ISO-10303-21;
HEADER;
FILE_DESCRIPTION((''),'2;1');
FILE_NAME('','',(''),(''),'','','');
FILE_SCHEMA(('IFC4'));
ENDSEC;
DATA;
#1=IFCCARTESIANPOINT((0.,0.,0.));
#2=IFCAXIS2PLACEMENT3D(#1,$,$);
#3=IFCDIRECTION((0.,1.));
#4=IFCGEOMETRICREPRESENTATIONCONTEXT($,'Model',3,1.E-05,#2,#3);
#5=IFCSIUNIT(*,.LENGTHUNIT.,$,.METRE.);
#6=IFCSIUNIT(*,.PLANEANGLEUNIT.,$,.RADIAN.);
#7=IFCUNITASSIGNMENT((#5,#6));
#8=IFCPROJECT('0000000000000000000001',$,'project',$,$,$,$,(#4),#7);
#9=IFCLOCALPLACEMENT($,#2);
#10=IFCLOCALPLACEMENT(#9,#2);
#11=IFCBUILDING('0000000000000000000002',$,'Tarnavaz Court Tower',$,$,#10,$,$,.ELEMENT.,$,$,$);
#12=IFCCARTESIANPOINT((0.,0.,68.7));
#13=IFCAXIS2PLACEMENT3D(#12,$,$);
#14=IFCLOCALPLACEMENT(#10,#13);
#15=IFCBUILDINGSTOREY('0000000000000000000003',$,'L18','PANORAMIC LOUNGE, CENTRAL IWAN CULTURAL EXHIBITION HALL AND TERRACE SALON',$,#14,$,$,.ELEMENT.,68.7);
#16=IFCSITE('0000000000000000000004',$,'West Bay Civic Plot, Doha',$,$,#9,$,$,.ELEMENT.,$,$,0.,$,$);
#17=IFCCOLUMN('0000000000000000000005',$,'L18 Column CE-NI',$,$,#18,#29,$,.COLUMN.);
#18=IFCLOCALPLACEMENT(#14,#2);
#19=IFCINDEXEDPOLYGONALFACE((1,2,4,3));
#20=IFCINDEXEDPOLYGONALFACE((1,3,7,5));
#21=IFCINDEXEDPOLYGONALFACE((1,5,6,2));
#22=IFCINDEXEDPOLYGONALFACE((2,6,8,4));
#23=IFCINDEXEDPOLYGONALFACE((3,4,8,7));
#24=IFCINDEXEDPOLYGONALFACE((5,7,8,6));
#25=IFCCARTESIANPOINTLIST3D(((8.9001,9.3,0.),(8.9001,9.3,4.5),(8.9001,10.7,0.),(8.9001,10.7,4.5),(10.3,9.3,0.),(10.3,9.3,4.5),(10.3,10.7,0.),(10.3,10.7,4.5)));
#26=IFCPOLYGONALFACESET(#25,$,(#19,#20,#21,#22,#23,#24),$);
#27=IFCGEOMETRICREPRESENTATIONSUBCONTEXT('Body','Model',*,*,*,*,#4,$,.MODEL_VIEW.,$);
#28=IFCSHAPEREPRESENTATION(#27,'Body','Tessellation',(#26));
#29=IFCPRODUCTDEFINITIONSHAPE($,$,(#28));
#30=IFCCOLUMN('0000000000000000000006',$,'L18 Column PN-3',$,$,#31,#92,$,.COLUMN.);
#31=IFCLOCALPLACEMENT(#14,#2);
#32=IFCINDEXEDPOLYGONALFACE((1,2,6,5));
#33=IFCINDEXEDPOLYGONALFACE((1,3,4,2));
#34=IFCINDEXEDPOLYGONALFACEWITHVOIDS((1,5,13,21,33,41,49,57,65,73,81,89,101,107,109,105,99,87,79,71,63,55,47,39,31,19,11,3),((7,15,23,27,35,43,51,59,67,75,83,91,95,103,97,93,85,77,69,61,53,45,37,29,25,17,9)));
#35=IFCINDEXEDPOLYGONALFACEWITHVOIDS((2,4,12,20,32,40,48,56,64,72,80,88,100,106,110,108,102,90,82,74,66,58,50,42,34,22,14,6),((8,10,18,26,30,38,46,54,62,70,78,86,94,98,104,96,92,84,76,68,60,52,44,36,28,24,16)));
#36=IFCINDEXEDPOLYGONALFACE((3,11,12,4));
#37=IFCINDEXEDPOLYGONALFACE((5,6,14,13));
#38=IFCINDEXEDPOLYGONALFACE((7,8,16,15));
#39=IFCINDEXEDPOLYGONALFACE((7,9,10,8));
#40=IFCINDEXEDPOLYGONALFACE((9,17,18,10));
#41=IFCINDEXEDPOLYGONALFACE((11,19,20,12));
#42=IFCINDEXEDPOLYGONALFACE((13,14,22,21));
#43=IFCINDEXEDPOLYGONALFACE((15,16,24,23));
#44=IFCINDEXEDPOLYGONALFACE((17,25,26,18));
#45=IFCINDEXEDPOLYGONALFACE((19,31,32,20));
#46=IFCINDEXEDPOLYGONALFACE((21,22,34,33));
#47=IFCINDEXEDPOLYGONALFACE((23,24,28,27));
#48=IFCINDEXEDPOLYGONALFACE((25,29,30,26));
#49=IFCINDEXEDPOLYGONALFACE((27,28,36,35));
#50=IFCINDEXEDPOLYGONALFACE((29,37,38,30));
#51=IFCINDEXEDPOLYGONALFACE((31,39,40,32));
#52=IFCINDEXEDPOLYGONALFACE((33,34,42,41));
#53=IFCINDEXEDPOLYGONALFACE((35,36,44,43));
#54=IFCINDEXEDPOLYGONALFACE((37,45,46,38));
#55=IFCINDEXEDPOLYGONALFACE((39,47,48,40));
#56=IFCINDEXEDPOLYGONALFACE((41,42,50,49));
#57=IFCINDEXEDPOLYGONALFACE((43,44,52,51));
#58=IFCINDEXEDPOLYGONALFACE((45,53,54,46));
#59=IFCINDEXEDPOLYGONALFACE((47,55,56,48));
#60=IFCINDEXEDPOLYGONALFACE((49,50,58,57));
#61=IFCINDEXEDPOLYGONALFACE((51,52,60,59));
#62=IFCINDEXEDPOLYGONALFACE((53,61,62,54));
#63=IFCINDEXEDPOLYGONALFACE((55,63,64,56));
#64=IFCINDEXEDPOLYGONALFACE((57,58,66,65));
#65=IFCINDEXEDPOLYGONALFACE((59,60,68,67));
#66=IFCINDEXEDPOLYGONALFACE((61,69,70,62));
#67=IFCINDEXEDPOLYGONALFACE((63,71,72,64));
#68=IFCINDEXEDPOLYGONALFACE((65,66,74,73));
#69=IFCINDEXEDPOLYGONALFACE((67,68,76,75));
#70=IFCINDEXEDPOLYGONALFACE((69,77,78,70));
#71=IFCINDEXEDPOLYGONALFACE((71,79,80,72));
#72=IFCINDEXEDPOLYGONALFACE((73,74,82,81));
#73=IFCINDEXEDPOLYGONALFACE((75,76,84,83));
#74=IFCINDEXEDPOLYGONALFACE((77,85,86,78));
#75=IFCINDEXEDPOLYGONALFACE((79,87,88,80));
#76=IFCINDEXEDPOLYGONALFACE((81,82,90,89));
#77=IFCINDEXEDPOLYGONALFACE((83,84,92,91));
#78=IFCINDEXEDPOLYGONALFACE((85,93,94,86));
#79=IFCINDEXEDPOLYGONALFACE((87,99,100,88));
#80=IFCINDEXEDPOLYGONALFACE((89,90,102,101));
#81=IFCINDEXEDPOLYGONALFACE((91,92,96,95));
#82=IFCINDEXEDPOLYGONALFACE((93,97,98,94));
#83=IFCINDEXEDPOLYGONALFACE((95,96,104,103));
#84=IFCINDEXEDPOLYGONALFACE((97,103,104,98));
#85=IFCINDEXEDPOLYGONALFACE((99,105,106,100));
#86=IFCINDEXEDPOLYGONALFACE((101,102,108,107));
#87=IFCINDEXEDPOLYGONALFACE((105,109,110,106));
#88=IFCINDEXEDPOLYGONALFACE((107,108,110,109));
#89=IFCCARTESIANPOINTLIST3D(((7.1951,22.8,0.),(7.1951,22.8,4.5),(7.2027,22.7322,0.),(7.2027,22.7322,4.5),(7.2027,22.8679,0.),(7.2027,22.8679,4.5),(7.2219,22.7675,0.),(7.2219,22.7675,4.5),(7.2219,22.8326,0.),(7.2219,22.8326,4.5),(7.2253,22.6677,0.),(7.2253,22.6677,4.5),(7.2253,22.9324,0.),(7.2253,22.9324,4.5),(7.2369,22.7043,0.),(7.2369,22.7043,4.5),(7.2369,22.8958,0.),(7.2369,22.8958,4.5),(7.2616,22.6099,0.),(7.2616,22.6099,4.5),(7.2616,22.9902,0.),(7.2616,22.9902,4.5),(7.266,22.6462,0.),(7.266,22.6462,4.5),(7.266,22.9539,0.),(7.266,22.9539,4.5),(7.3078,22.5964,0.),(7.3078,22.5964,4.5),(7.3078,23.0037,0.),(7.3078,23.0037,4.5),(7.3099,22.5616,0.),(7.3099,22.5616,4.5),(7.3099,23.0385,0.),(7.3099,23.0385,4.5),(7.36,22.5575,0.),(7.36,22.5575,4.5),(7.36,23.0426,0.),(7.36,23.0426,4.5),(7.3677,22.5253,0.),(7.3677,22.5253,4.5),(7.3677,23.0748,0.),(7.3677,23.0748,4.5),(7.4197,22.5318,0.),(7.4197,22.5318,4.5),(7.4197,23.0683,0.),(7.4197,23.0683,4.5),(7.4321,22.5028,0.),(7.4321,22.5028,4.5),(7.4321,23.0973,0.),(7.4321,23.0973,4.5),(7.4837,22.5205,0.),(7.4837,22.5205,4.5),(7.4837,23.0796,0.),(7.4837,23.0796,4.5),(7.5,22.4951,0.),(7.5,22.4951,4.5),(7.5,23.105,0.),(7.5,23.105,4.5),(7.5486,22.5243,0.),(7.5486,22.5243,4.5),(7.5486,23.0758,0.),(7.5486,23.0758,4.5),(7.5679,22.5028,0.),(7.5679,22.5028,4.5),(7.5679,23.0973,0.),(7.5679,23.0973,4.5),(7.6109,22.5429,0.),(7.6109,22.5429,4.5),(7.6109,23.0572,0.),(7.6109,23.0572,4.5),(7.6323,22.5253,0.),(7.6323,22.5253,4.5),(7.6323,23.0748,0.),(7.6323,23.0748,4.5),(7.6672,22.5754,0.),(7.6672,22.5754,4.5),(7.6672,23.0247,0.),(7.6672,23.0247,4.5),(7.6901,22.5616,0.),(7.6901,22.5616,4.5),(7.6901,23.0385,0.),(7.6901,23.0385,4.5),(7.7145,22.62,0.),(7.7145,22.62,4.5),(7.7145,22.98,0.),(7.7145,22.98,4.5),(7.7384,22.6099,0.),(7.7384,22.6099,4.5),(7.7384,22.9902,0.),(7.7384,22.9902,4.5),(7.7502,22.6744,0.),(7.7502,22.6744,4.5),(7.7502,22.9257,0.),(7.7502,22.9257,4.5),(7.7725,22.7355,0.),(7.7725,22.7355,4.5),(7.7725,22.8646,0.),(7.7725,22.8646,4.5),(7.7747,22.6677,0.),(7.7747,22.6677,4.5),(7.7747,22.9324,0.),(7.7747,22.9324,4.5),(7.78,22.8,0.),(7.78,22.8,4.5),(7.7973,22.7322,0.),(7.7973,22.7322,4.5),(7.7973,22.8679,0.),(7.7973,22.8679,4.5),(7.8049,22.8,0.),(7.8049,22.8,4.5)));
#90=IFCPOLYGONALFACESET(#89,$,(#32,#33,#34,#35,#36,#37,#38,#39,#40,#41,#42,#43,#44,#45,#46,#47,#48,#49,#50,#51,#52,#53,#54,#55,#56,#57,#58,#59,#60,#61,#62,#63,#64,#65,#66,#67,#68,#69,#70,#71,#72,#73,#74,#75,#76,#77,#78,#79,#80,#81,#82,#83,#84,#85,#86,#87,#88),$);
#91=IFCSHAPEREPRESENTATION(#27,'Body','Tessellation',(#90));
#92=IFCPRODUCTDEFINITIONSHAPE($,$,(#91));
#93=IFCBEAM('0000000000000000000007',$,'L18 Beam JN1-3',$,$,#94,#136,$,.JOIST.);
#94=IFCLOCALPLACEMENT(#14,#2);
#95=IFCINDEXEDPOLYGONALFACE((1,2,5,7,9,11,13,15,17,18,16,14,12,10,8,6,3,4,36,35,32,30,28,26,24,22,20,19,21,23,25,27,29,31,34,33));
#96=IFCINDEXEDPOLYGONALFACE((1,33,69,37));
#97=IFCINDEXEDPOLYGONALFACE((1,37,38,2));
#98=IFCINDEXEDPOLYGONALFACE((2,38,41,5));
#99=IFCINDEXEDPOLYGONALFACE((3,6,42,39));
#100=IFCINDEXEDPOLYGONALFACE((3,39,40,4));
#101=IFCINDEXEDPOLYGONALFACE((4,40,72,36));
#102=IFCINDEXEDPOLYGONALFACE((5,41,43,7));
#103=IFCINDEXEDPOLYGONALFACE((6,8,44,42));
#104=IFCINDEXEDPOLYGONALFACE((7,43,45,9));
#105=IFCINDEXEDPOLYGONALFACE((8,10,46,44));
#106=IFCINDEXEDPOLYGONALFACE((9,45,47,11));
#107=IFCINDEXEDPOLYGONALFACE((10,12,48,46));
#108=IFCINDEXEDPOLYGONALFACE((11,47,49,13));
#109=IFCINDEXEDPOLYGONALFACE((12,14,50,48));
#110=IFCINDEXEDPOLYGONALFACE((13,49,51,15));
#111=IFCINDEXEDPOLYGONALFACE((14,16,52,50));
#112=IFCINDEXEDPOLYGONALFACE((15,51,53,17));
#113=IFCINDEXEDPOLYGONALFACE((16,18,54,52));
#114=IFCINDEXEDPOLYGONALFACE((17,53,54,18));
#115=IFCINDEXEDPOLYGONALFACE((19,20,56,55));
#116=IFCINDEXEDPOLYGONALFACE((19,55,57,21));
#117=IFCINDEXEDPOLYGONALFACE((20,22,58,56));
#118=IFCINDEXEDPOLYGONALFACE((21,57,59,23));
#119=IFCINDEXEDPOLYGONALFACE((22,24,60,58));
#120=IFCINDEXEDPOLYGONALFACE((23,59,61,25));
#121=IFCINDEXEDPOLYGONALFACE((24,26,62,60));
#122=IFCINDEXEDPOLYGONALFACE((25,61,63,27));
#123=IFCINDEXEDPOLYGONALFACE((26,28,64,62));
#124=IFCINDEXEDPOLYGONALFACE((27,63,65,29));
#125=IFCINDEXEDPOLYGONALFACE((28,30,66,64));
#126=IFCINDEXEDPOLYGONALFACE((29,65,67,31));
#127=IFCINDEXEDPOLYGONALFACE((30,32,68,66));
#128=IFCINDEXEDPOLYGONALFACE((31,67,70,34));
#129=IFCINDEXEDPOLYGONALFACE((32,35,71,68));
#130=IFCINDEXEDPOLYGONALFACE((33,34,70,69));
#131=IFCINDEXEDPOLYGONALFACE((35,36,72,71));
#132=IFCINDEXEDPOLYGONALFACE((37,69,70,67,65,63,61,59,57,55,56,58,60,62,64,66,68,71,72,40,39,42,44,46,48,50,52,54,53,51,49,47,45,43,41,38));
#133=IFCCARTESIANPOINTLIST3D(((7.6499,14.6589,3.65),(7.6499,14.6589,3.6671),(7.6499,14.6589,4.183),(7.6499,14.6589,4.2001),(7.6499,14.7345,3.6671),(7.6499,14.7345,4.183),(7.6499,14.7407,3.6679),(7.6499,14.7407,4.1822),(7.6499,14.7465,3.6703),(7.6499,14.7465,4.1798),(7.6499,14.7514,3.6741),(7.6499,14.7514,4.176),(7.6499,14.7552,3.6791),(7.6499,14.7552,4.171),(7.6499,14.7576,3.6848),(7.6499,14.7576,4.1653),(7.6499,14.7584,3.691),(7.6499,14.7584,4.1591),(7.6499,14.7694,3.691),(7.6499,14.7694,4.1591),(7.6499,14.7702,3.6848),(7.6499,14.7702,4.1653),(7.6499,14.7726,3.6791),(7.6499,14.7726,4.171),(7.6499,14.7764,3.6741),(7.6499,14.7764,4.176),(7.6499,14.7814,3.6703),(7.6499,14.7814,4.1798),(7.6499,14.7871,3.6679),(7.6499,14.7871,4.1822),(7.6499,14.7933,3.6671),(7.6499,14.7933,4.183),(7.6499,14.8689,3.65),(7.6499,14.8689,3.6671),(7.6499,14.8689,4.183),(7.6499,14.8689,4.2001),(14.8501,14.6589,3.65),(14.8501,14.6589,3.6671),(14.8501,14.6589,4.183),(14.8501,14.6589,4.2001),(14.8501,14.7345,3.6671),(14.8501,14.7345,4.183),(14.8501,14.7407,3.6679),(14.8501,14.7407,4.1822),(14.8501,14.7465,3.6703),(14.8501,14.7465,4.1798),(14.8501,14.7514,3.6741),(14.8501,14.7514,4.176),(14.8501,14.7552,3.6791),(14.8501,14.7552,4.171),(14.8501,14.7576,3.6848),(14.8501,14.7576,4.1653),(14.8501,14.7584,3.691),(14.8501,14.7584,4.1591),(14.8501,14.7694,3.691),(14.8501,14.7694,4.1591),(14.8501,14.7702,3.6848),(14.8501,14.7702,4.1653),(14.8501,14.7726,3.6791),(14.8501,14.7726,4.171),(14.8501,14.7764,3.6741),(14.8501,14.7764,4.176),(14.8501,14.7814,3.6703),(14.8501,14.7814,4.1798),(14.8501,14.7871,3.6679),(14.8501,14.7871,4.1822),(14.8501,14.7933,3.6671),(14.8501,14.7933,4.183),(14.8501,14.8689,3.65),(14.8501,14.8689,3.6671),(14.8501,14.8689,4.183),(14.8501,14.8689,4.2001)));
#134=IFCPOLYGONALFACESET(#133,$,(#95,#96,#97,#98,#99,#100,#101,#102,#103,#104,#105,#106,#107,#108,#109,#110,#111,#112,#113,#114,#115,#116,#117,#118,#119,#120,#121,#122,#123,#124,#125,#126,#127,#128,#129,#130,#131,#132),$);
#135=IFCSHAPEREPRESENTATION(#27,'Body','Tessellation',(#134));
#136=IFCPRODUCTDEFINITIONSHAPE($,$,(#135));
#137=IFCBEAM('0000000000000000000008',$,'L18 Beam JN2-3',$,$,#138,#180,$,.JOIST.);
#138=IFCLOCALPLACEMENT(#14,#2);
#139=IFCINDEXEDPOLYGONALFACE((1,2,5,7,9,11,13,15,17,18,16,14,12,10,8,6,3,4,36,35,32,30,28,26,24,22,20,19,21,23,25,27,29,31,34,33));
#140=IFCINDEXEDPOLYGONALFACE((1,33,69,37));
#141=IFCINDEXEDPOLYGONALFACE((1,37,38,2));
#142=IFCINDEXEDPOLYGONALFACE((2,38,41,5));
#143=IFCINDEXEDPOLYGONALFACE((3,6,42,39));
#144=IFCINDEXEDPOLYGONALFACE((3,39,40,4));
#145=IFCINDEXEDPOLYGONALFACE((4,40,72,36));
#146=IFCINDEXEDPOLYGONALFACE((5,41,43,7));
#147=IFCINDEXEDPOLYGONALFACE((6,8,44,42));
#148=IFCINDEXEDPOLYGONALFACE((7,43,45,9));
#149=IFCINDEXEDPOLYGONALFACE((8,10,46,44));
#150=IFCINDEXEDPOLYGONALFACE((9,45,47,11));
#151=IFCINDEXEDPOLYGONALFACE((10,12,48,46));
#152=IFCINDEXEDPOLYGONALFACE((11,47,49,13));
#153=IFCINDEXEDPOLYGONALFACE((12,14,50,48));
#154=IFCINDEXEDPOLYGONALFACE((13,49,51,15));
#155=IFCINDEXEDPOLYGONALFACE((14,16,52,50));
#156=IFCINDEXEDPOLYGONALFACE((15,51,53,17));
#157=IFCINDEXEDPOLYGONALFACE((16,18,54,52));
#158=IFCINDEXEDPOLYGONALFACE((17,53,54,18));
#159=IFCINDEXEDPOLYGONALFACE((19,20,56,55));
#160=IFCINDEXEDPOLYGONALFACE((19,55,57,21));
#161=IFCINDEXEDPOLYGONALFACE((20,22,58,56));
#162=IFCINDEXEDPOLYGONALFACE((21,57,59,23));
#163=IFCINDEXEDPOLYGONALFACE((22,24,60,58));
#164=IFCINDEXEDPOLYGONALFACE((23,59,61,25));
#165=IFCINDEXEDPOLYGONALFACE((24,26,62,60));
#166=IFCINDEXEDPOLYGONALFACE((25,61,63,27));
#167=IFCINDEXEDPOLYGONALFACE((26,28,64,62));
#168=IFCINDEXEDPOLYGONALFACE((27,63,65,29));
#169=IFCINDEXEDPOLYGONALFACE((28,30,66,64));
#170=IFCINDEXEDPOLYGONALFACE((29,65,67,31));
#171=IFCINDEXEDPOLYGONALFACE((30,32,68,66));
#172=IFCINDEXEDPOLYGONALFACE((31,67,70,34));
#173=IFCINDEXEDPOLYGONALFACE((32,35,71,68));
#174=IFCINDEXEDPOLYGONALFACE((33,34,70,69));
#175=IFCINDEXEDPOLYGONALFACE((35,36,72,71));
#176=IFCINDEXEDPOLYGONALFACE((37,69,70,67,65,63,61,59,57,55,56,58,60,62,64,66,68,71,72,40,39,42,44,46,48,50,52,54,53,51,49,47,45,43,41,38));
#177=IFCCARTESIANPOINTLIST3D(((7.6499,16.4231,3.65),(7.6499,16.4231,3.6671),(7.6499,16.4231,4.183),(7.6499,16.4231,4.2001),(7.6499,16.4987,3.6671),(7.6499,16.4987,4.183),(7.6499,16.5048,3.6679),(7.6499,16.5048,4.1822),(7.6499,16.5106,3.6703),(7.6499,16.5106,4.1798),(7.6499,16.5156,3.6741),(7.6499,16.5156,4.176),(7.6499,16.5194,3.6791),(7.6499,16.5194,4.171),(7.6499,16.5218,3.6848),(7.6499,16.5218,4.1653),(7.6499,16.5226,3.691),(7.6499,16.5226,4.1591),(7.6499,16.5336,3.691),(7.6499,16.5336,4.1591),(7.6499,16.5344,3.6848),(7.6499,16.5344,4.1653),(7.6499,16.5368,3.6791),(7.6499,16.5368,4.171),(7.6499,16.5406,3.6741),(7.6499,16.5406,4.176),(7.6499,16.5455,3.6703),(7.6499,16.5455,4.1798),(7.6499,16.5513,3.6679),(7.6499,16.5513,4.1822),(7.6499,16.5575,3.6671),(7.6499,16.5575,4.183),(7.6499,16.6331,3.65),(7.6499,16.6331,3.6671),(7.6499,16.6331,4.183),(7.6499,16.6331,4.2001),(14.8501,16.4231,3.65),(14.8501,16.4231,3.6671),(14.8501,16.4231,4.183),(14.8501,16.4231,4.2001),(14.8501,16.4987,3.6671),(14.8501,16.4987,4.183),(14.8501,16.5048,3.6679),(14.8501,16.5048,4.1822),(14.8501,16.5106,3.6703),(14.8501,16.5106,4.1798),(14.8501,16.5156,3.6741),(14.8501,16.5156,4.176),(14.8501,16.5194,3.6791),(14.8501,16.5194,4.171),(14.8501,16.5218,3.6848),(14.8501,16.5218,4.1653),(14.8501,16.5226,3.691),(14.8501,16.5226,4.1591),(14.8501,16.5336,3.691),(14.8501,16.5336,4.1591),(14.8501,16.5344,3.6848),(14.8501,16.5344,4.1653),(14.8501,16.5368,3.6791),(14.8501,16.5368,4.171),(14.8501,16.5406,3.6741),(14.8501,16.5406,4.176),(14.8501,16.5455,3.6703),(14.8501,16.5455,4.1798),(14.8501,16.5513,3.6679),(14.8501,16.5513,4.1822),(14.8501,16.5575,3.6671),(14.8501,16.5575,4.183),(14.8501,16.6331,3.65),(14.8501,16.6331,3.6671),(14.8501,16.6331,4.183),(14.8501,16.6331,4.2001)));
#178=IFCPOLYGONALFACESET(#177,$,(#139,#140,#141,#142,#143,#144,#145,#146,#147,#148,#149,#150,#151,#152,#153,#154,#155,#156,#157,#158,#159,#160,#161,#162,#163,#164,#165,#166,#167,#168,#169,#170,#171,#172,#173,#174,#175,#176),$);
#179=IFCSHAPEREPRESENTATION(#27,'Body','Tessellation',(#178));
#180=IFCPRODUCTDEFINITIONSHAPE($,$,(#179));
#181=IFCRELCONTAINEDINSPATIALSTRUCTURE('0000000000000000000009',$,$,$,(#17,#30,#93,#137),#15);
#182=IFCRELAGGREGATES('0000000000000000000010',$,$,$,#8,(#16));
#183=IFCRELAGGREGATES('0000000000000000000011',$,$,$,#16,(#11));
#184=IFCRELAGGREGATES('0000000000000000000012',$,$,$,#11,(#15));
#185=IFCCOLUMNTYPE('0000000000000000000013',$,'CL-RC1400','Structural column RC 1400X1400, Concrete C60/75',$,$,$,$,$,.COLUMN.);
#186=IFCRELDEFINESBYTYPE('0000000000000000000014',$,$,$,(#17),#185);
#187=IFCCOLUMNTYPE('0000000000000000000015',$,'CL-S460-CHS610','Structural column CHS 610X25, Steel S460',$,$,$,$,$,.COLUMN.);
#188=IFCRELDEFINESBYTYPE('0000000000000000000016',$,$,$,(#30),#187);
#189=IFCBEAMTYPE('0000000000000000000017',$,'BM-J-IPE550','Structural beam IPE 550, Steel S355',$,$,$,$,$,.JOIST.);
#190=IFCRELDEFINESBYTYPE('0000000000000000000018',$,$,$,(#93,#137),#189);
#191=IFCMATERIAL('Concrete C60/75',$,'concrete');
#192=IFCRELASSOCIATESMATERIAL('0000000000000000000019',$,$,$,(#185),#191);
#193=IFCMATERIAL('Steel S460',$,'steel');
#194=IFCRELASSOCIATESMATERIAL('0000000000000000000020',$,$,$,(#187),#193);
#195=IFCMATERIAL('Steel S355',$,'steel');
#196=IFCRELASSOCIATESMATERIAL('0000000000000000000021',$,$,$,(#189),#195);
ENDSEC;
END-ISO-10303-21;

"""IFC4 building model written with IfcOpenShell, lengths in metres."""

from ifc_helpers import new_model, si_unit, direction, frame, origin, origin_2d, place, context, subcontext, project, spatial, rectangle, hollow_circle, i_section, extrude, material, material_profile, profile_set, type_object, element, save


model = new_model("IFC4")

# Units and contexts
model_context = context("Model", 3, precision=1e-05, world=origin(), true_north=direction((0.0, 1.0)))
body_context = subcontext(model_context, "Body", "Model", "MODEL_VIEW")
ifc_project = project(units=[si_unit("LENGTHUNIT", "METRE"), si_unit("PLANEANGLEUNIT", "RADIAN")], contexts=[model_context])

# Site, building, storey
site_placement = place(None, origin())
site = spatial("IfcSite", under=ifc_project, at=site_placement, Name="West Bay Civic Plot, Doha", CompositionType="ELEMENT", RefElevation=0.0)
building_placement = place(site_placement, origin())
building = spatial("IfcBuilding", under=site, at=building_placement, Name="Tarnavaz Court Tower", CompositionType="ELEMENT")
storey_placement = place(building_placement, frame((0.0, 0.0, 68.7)))
storey = spatial("IfcBuildingStorey", under=building, at=storey_placement, Name="L18", Description="PANORAMIC LOUNGE, CENTRAL IWAN CULTURAL EXHIBITION HALL AND TERRACE SALON", CompositionType="ELEMENT", Elevation=68.7)

# Columns
ifc_material_1 = material(Name="Concrete C60/75", Category="concrete")
ifc_material_profile_1 = material_profile(ifc_material_1, rectangle(XDim=1.3999, YDim=1.3999, at=origin_2d()), Name="RC 1400X1400")
ifc_profile_set_1 = profile_set([ifc_material_profile_1], Name="Concrete C60/75")
column_type_1 = type_object("IfcColumnType", Name="CL-RC1400", Description="Structural column RC 1400X1400, Concrete C60/75", PredefinedType="COLUMN", material=ifc_profile_set_1)
column_1_placement = place(storey_placement, frame((9.6001, 10.0, 0.0), z_axis=(0.0, 0.0, 1.0), x_axis=(1.0, 0.0, 0.0)))
element("IfcColumn", 1, at=column_1_placement, inside=storey, type_object=column_type_1, Name="L18 Column CE-NI", PredefinedType="COLUMN", context=body_context, shape_type="SweptSolid", body=[
    extrude(rectangle(XDim=1.3999, YDim=1.3999, at=origin_2d()), origin(), (0.0, 0.0, 1.0), 4.5),
])
ifc_material_2 = material(Name="Steel S460", Category="steel")
ifc_material_profile_2 = material_profile(ifc_material_2, hollow_circle(Radius=0.3049, WallThickness=0.0249, at=origin_2d()), Name="CHS 610X25")
ifc_profile_set_2 = profile_set([ifc_material_profile_2], Name="Steel S460")
column_type_2 = type_object("IfcColumnType", Name="CL-S460-CHS610", Description="Structural column CHS 610X25, Steel S460", PredefinedType="COLUMN", material=ifc_profile_set_2)
column_2_placement = place(storey_placement, frame((7.5, 22.8, 0.0), z_axis=(0.0, 0.0, 1.0), x_axis=(1.0, 0.0, 0.0)))
element("IfcColumn", 2, at=column_2_placement, inside=storey, type_object=column_type_2, Name="L18 Column PN-3", PredefinedType="COLUMN", context=body_context, shape_type="SweptSolid", body=[
    extrude(hollow_circle(Radius=0.3049, WallThickness=0.0249, at=origin_2d()), origin(), (0.0, 0.0, 1.0), 4.5),
])

# Beams
ifc_material_3 = material(Name="Steel S355", Category="steel")
ifc_material_profile_3 = material_profile(ifc_material_3, i_section(OverallWidth=0.21, OverallDepth=0.55, WebThickness=0.011, FlangeThickness=0.0171, FilletRadius=0.0239, at=origin_2d()), Name="IPE 550")
ifc_profile_set_3 = profile_set([ifc_material_profile_3], Name="Steel S355")
beam_type_1 = type_object("IfcBeamType", Name="BM-J-IPE550", Description="Structural beam IPE 550, Steel S355", PredefinedType="JOIST", material=ifc_profile_set_3)
for number, where, z_axis, x_axis, name in (
    (3, (7.6499, 14.7639, 3.925), (1.0, 0.0, 0.0), (0.0, 1.0, 0.0), "L18 Beam JN1-3"),
    (4, (7.6499, 16.5281, 3.925), (1.0, 0.0, 0.0), (0.0, 1.0, 0.0), "L18 Beam JN2-3"),
):
    element("IfcBeam", number, at=place(storey_placement, frame(where, z_axis=z_axis, x_axis=x_axis)), inside=storey, type_object=beam_type_1, Name=name, PredefinedType="JOIST", context=body_context, shape_type="SweptSolid", body=[
        extrude(i_section(OverallWidth=0.21, OverallDepth=0.55, WebThickness=0.011, FlangeThickness=0.0171, FilletRadius=0.0239, at=origin_2d()), origin(), (0.0, 0.0, 1.0), 7.2002),
    ])

save(model, "model.ifc")
